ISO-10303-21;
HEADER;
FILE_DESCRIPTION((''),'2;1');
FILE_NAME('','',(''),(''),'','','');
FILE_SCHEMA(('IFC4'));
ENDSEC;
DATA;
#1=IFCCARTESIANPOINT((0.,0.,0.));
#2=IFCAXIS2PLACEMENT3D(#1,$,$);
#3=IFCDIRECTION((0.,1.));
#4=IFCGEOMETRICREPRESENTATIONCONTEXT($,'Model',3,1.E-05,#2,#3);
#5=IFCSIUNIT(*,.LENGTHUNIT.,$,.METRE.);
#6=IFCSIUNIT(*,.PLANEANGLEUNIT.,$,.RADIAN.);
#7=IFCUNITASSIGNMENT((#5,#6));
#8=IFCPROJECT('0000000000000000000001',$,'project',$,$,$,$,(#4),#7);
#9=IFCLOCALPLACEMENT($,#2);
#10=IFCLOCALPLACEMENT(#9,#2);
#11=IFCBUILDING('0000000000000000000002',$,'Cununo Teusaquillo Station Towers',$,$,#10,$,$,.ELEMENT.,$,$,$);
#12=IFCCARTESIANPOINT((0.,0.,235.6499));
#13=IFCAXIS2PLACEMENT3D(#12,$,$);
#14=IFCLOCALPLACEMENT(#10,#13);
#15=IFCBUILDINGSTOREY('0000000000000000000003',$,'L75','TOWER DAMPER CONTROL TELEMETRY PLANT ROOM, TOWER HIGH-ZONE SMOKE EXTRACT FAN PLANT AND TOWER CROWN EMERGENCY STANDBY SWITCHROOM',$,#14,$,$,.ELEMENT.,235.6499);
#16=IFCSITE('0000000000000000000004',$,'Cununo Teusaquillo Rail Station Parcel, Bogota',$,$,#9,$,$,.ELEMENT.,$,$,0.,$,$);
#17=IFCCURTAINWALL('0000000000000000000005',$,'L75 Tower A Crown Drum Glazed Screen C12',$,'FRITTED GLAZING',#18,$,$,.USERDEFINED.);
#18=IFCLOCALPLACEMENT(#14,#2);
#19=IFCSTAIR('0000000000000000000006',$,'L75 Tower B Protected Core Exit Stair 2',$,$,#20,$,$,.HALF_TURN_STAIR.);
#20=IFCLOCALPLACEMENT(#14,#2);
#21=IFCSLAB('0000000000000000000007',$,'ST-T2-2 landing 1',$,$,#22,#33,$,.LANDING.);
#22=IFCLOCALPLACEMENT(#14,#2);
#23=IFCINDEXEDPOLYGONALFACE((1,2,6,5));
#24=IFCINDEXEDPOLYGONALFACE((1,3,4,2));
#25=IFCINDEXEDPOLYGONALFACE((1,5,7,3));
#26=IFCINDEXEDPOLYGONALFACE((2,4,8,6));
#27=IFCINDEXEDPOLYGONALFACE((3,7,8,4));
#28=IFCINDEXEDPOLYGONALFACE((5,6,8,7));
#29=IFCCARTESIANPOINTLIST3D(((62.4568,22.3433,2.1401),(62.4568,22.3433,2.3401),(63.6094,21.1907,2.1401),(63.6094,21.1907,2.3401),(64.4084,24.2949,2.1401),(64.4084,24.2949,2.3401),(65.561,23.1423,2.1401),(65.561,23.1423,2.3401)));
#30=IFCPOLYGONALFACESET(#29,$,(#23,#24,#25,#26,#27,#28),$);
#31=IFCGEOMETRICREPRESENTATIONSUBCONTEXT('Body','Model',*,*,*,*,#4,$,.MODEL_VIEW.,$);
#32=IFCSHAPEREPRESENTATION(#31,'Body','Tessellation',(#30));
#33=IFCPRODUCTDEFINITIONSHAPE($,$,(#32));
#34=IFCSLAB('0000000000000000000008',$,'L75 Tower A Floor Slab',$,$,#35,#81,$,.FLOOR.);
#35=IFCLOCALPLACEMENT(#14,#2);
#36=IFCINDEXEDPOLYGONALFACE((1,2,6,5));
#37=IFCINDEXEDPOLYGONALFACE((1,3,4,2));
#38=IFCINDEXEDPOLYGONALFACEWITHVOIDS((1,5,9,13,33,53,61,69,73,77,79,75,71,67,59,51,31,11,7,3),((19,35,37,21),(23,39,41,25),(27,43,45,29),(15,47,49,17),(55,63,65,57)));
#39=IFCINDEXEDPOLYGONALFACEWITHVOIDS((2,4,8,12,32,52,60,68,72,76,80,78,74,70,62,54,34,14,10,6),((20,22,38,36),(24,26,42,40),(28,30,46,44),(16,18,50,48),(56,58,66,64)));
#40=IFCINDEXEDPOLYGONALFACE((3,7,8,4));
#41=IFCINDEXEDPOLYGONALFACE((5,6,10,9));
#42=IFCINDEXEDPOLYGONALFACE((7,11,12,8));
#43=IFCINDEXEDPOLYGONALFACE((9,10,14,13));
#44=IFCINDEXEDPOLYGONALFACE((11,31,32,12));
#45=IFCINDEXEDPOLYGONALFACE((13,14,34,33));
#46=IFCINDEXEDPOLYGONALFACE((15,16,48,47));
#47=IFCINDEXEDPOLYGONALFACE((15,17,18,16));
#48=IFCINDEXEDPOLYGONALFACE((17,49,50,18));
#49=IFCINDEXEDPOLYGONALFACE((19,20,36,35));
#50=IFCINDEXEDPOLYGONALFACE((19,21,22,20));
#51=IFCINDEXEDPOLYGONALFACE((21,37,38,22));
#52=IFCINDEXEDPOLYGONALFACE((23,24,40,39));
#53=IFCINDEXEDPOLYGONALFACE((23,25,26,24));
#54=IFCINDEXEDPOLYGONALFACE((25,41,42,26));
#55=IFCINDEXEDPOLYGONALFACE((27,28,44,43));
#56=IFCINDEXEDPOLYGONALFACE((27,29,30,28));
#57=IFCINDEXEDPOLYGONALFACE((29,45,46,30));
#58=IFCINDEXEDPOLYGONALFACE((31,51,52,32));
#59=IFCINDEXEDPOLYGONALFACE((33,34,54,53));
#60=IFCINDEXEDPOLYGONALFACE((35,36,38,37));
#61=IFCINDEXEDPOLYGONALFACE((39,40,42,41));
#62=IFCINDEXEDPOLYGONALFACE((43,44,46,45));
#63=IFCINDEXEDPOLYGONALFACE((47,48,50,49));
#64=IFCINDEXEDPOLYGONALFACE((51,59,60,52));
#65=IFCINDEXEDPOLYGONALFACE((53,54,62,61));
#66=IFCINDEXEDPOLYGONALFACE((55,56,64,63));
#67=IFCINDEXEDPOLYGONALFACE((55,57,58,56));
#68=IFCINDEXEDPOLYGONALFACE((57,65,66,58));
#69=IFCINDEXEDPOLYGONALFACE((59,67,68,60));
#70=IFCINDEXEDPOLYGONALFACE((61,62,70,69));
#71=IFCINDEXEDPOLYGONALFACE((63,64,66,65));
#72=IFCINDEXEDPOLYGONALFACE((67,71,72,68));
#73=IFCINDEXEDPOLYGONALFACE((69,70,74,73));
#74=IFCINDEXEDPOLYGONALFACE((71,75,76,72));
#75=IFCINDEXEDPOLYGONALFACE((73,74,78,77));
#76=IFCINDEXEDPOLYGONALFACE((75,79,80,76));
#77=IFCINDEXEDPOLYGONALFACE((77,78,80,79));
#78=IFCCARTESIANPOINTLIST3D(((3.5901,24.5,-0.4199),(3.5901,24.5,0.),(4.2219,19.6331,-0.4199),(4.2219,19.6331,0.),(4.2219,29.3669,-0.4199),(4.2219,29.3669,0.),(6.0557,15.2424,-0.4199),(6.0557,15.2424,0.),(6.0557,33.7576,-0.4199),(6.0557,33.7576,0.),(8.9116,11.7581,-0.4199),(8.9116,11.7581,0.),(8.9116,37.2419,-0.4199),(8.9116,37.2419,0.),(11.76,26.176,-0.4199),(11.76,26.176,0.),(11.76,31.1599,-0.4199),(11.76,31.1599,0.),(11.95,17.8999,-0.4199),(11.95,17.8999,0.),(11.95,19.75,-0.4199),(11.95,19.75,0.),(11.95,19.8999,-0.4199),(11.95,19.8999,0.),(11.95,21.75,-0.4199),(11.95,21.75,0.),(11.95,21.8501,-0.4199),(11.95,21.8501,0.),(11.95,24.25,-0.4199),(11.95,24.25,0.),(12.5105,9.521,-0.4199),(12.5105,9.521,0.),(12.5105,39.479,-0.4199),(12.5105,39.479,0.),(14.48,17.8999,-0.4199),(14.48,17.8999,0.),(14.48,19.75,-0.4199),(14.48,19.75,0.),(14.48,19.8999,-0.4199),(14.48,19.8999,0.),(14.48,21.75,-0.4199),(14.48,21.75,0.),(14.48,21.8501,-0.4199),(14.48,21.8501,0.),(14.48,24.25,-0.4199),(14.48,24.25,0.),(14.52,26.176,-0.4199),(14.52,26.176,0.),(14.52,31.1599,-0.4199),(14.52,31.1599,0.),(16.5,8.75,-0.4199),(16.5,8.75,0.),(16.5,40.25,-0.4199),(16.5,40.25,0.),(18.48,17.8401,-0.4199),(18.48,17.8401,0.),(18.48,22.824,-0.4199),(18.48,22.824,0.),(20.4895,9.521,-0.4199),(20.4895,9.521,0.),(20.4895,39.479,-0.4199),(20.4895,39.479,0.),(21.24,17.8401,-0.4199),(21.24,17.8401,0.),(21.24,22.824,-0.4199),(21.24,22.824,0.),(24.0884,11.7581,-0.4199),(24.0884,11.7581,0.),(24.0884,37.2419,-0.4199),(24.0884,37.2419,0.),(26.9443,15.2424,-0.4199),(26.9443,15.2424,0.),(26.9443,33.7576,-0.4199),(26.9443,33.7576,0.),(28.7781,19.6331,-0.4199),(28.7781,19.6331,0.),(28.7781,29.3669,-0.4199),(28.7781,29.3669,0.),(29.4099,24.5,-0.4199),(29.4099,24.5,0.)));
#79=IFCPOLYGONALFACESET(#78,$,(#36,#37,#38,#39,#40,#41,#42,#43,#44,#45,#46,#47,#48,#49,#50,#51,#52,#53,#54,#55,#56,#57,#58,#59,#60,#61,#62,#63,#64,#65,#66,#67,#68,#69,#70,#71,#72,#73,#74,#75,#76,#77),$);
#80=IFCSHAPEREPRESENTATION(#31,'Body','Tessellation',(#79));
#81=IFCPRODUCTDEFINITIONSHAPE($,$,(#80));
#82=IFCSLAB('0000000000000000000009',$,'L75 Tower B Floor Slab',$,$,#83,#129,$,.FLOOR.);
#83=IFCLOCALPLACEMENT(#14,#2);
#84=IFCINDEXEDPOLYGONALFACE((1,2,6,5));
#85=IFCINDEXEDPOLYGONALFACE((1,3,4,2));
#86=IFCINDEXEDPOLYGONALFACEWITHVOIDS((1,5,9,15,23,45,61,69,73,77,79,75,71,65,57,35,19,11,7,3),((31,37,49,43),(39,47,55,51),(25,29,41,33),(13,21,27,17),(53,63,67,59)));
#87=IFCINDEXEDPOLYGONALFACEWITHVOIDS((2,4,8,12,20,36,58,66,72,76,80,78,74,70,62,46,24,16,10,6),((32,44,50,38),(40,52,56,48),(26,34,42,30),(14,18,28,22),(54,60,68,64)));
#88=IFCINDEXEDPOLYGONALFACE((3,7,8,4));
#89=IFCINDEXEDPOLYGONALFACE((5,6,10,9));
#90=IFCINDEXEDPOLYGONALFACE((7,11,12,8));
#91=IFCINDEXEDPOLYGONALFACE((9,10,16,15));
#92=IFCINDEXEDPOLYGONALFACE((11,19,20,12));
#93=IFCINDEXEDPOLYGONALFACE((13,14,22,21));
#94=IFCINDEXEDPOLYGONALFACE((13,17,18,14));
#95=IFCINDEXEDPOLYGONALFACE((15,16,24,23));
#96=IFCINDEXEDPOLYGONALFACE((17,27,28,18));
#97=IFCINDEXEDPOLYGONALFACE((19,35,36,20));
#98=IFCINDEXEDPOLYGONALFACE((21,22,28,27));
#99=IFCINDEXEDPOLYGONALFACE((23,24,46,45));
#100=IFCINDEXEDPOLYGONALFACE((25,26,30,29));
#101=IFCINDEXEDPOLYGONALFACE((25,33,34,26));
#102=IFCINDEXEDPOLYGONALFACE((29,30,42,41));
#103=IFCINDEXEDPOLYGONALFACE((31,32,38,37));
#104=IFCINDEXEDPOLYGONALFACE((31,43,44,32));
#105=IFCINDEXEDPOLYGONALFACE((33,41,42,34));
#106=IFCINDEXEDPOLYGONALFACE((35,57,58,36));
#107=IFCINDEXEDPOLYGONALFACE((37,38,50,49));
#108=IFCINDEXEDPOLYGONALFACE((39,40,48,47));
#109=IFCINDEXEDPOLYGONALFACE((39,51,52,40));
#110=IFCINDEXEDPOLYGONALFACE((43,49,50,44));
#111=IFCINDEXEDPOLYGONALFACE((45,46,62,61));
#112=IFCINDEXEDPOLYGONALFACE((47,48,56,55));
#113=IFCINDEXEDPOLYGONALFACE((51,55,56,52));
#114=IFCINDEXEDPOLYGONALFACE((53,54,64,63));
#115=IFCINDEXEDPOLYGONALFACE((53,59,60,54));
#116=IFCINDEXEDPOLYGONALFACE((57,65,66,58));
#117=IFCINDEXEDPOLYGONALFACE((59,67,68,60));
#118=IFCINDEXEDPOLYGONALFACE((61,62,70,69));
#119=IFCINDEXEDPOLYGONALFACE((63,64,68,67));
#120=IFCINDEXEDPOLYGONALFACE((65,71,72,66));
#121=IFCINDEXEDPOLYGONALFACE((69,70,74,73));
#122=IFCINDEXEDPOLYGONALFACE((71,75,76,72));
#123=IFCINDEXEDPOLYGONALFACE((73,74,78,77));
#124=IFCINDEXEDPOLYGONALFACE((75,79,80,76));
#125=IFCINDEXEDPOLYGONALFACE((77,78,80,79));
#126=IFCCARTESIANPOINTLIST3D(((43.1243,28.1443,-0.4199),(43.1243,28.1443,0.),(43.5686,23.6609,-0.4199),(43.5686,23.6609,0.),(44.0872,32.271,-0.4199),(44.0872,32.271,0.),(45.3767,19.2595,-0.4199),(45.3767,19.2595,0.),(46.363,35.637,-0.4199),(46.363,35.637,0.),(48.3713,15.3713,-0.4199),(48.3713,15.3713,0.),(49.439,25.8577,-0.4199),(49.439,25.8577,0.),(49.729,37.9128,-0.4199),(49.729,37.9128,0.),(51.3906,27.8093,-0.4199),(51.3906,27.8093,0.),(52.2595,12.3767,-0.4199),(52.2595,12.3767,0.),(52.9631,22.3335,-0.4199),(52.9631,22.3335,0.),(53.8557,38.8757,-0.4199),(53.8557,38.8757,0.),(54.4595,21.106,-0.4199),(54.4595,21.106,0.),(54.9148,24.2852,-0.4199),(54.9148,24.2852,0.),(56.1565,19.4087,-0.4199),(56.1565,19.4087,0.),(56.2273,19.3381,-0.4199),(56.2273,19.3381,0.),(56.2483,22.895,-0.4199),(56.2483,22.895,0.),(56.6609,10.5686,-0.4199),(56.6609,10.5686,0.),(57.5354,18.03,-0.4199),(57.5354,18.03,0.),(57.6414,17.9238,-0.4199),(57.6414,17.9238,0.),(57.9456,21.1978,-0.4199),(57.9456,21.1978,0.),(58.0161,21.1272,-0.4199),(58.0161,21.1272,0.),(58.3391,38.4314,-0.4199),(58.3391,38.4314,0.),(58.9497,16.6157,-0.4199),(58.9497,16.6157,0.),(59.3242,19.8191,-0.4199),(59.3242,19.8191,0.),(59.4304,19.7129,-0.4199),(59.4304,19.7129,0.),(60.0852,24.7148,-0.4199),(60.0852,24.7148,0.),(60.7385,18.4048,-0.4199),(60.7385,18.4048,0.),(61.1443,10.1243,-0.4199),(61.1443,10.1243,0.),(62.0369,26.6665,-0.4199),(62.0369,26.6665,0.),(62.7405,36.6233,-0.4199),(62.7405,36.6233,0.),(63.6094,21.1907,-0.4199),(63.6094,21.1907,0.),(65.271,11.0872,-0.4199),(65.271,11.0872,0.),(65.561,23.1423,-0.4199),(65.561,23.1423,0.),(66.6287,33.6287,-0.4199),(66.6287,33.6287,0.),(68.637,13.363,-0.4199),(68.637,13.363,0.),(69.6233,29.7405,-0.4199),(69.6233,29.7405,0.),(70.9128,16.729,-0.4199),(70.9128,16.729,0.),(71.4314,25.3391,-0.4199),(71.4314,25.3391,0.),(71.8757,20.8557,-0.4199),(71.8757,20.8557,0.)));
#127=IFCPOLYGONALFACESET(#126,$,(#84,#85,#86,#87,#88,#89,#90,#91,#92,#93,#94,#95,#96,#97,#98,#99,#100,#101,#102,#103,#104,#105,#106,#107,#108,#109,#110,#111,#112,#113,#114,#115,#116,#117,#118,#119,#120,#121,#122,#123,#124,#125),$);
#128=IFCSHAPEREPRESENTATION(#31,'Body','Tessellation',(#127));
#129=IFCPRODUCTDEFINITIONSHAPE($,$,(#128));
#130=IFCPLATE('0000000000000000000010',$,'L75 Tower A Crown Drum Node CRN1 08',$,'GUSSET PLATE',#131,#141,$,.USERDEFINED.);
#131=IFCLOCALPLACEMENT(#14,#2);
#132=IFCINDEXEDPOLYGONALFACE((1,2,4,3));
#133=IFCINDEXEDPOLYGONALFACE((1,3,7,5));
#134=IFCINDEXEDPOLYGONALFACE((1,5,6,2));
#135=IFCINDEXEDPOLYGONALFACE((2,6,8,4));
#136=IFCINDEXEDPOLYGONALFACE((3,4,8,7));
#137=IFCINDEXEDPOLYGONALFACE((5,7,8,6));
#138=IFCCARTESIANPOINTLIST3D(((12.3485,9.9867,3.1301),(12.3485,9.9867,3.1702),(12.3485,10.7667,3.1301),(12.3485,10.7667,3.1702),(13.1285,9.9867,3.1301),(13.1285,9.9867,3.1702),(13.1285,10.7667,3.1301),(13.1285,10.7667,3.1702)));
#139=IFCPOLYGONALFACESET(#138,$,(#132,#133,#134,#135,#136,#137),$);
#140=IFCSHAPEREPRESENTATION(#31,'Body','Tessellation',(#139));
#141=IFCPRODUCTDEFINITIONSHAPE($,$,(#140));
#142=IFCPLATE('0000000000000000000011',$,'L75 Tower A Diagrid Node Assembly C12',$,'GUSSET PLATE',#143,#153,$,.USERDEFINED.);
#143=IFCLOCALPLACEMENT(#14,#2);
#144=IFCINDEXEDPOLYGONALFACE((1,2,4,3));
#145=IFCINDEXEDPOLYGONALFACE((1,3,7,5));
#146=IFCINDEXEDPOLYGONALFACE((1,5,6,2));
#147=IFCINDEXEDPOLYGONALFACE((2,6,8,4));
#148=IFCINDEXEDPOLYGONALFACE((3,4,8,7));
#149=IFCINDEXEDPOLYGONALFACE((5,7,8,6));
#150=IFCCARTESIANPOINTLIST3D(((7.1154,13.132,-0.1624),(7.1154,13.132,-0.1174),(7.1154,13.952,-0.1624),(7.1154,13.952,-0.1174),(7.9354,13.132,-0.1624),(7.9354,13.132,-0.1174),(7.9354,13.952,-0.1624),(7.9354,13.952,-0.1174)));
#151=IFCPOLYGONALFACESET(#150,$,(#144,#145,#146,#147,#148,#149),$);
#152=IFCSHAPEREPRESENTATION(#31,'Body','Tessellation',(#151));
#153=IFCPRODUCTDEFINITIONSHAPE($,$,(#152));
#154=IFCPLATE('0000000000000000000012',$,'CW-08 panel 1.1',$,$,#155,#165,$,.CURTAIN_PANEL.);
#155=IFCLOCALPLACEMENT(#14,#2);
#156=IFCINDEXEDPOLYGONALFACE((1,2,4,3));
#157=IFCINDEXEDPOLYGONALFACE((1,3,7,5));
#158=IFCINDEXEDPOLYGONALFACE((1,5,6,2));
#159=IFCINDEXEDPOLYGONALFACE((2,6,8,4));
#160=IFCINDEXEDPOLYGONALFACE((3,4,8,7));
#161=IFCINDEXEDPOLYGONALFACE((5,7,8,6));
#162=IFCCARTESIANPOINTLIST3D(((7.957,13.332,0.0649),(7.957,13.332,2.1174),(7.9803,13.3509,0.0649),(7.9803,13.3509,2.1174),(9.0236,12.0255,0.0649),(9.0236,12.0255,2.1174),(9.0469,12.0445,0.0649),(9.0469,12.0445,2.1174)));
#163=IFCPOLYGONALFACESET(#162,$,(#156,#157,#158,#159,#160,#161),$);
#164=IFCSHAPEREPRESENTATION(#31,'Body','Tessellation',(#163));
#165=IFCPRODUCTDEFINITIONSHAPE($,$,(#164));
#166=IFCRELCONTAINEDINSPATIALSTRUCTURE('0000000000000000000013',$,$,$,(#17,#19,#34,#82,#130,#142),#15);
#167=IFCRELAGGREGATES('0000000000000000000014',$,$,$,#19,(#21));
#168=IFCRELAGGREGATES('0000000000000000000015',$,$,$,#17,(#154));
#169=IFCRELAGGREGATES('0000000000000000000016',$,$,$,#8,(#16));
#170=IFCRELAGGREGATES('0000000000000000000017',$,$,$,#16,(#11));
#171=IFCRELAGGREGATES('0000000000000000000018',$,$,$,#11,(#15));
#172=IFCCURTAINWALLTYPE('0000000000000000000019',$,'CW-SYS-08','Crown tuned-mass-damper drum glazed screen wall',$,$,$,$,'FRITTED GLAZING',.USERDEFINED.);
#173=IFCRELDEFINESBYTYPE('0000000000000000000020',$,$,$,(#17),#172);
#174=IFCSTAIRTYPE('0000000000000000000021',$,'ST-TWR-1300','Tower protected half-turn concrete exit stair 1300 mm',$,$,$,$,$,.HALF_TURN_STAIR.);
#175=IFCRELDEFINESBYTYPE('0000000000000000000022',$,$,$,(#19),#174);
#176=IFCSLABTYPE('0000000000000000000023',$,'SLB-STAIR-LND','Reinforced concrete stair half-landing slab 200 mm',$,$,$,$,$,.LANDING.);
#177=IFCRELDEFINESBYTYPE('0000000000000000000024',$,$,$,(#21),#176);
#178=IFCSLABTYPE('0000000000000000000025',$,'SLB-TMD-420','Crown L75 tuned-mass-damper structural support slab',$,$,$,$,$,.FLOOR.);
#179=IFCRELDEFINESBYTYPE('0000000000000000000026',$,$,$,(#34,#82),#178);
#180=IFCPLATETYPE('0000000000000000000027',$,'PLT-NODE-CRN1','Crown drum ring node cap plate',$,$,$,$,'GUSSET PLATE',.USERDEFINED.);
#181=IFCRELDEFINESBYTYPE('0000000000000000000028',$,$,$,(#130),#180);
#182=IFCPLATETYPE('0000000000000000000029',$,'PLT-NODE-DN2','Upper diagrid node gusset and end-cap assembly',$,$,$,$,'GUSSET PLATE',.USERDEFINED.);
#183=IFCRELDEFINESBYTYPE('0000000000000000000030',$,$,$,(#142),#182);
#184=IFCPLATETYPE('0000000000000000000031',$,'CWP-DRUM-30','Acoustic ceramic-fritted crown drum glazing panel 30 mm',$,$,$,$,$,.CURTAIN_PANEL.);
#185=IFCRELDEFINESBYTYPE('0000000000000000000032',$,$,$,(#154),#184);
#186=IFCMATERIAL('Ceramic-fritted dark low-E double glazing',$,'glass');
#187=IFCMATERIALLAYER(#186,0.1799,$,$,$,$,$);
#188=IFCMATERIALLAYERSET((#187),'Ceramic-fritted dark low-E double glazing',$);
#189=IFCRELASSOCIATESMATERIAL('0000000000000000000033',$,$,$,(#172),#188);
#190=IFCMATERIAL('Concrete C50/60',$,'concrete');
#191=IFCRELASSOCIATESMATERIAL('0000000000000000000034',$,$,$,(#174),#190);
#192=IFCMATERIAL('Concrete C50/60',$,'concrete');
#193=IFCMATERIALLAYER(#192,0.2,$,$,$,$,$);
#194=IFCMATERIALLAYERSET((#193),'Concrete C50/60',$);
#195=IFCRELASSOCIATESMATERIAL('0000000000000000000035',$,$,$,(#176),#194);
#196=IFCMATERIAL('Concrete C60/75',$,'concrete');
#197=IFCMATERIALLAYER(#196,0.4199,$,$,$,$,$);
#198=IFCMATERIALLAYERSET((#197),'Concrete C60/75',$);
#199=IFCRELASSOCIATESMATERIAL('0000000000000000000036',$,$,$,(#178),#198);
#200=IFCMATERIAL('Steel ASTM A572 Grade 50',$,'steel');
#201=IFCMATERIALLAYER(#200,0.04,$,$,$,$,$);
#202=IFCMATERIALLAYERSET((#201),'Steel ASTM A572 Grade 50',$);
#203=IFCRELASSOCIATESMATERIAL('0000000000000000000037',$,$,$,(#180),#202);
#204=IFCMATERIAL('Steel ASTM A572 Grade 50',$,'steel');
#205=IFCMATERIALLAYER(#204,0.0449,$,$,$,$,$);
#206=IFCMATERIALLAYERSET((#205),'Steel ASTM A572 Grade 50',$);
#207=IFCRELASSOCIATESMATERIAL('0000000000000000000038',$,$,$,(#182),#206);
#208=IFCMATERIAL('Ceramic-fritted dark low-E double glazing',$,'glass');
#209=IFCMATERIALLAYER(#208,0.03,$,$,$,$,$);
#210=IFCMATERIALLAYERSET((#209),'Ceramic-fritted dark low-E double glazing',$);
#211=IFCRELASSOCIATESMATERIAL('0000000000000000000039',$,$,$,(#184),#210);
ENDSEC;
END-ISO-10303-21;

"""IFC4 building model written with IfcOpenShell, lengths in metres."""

from ifc_helpers import new_model, si_unit, direction, frame, origin, origin_2d, place, context, subcontext, project, spatial, polyline, rectangle, outline, extrude, source, transform, mapped, material, layer, layer_set, type_object, element, aggregate, save


model = new_model("IFC4")

# Units and contexts
model_context = context("Model", 3, precision=1e-05, world=origin(), true_north=direction((0.0, 1.0)))
body_context = subcontext(model_context, "Body", "Model", "MODEL_VIEW")
ifc_project = project(units=[si_unit("LENGTHUNIT", "METRE"), si_unit("PLANEANGLEUNIT", "RADIAN")], contexts=[model_context])

# Site, building, storey
site_placement = place(None, origin())
site = spatial("IfcSite", under=ifc_project, at=site_placement, Name="Cununo Teusaquillo Rail Station Parcel, Bogota", CompositionType="ELEMENT", RefElevation=0.0)
building_placement = place(site_placement, origin())
building = spatial("IfcBuilding", under=site, at=building_placement, Name="Cununo Teusaquillo Station Towers", CompositionType="ELEMENT")
storey_placement = place(building_placement, frame((0.0, 0.0, 235.6499)))
storey = spatial("IfcBuildingStorey", under=building, at=storey_placement, Name="L75", Description="TOWER DAMPER CONTROL TELEMETRY PLANT ROOM, TOWER HIGH-ZONE SMOKE EXTRACT FAN PLANT AND TOWER CROWN EMERGENCY STANDBY SWITCHROOM", CompositionType="ELEMENT", Elevation=235.6499)

# Curtain wall
ifc_material_1 = material(Name="Ceramic-fritted dark low-E double glazing", Category="glass")
ifc_layer_1 = layer(ifc_material_1, 0.1799)
ifc_layer_set_1 = layer_set([ifc_layer_1], Name="Ceramic-fritted dark low-E double glazing")
curtain_wall_type = type_object("IfcCurtainWallType", Name="CW-SYS-08", Description="Crown tuned-mass-damper drum glazed screen wall", ElementType="FRITTED GLAZING", PredefinedType="USERDEFINED", material=ifc_layer_set_1)
curtain_wall_1_placement = place(storey_placement, origin())
curtain_wall_1 = element("IfcCurtainWall", 1, at=curtain_wall_1_placement, inside=storey, type_object=curtain_wall_type, Name="L75 Tower A Crown Drum Glazed Screen C12", ObjectType="FRITTED GLAZING", PredefinedType="USERDEFINED")

# Stair, slab
ifc_material_2 = material(Name="Concrete C50/60", Category="concrete")
stair_type = type_object("IfcStairType", Name="ST-TWR-1300", Description="Tower protected half-turn concrete exit stair 1300 mm", PredefinedType="HALF_TURN_STAIR", material=ifc_material_2)
ifc_material_3 = material(Name="Concrete C50/60", Category="concrete")
ifc_layer_2 = layer(ifc_material_3, 0.2)
ifc_layer_set_2 = layer_set([ifc_layer_2], Name="Concrete C50/60")
slab_type_1 = type_object("IfcSlabType", Name="SLB-STAIR-LND", Description="Reinforced concrete stair half-landing slab 200 mm", PredefinedType="LANDING", material=ifc_layer_set_2)
stair_1_placement = place(storey_placement, origin())
stair_1 = element("IfcStair", 2, at=stair_1_placement, inside=storey, type_object=stair_type, Name="L75 Tower B Protected Core Exit Stair 2", PredefinedType="HALF_TURN_STAIR")
slab_1_placement = place(storey_placement, frame((0.0, 0.0, 2.1401)))
slab_1 = element("IfcSlab", 3, at=slab_1_placement, type_object=slab_type_1, Name="ST-T2-2 landing 1", PredefinedType="LANDING", context=body_context, shape_type="SweptSolid", body=[
    extrude(outline(polyline([(62.4568, 22.3433), (63.6094, 21.1907), (65.561, 23.1423), (64.4084, 24.2949), (62.4568, 22.3433)])), origin(), (0.0, 0.0, 1.0), 0.2),
])
aggregate(stair_1, [slab_1])

# Slabs
ifc_material_4 = material(Name="Concrete C60/75", Category="concrete")
ifc_layer_3 = layer(ifc_material_4, 0.4199)
ifc_layer_set_3 = layer_set([ifc_layer_3], Name="Concrete C60/75")
slab_type_2 = type_object("IfcSlabType", Name="SLB-TMD-420", Description="Crown L75 tuned-mass-damper structural support slab", PredefinedType="FLOOR", material=ifc_layer_set_3)
slab_2_placement = place(storey_placement, frame((0.0, 0.0, -0.4199)))
element("IfcSlab", 4, at=slab_2_placement, inside=storey, type_object=slab_type_2, Name="L75 Tower A Floor Slab", PredefinedType="FLOOR", context=body_context, shape_type="SweptSolid", body=[
    extrude(outline(polyline([(29.4099, 24.5), (28.7781, 29.3669), (26.9443, 33.7576), (24.0884, 37.2419), (20.4895, 39.479), (16.5, 40.25), (12.5105, 39.479), (8.9116, 37.2419), (6.0557, 33.7576), (4.2219, 29.3669), (3.5901, 24.5), (4.2219, 19.6331), (6.0557, 15.2424), (8.9116, 11.7581), (12.5105, 9.521), (16.5, 8.75), (20.4895, 9.521), (24.0884, 11.7581), (26.9443, 15.2424), (28.7781, 19.6331), (29.4099, 24.5)]), holes=[polyline([(14.52, 26.176), (14.52, 31.1599), (11.76, 31.1599), (11.76, 26.176), (14.52, 26.176)]), polyline([(18.48, 22.824), (18.48, 17.8401), (21.24, 17.8401), (21.24, 22.824), (18.48, 22.824)]), polyline([(11.95, 21.8501), (14.48, 21.8501), (14.48, 24.25), (11.95, 24.25), (11.95, 21.8501)]), polyline([(11.95, 17.8999), (14.48, 17.8999), (14.48, 19.75), (11.95, 19.75), (11.95, 17.8999)]), polyline([(11.95, 19.8999), (14.48, 19.8999), (14.48, 21.75), (11.95, 21.75), (11.95, 19.8999)])]), origin(), (0.0, 0.0, 1.0), 0.4199),
])
slab_3_placement = place(storey_placement, frame((0.0, 0.0, -0.4199)))
element("IfcSlab", 5, at=slab_3_placement, inside=storey, type_object=slab_type_2, Name="L75 Tower B Floor Slab", PredefinedType="FLOOR", context=body_context, shape_type="SweptSolid", body=[
    extrude(outline(polyline([(66.6287, 33.6287), (62.7405, 36.6233), (58.3391, 38.4314), (53.8557, 38.8757), (49.729, 37.9128), (46.363, 35.637), (44.0872, 32.271), (43.1243, 28.1443), (43.5686, 23.6609), (45.3767, 19.2595), (48.3713, 15.3713), (52.2595, 12.3767), (56.6609, 10.5686), (61.1443, 10.1243), (65.271, 11.0872), (68.637, 13.363), (70.9128, 16.729), (71.8757, 20.8557), (71.4314, 25.3391), (69.6233, 29.7405), (66.6287, 33.6287)]), holes=[polyline([(54.9148, 24.2852), (51.3906, 27.8093), (49.439, 25.8577), (52.9631, 22.3335), (54.9148, 24.2852)]), polyline([(60.0852, 24.7148), (63.6094, 21.1907), (65.561, 23.1423), (62.0369, 26.6665), (60.0852, 24.7148)]), polyline([(56.1565, 19.4087), (57.9456, 21.1978), (56.2483, 22.895), (54.4595, 21.106), (56.1565, 19.4087)]), polyline([(58.9497, 16.6157), (60.7385, 18.4048), (59.4304, 19.7129), (57.6414, 17.9238), (58.9497, 16.6157)]), polyline([(57.5354, 18.03), (59.3242, 19.8191), (58.0161, 21.1272), (56.2273, 19.3381), (57.5354, 18.03)])]), origin(), (0.0, 0.0, 1.0), 0.4199),
])

# Plates
ifc_material_5 = material(Name="Steel ASTM A572 Grade 50", Category="steel")
ifc_layer_4 = layer(ifc_material_5, 0.04)
ifc_layer_set_4 = layer_set([ifc_layer_4], Name="Steel ASTM A572 Grade 50")
plate_type_1 = type_object("IfcPlateType", Name="PLT-NODE-CRN1", Description="Crown drum ring node cap plate", ElementType="GUSSET PLATE", PredefinedType="USERDEFINED", material=ifc_layer_set_4)
shared_shape_1 = source(origin(), body_context, "Body", "SweptSolid", [
    extrude(rectangle(XDim=0.78, YDim=0.78, at=origin_2d()), origin(), (0.0, 0.0, 1.0), 0.04),
])
plate_1_placement = place(storey_placement, frame((12.7385, 10.3767, 3.1301), z_axis=(0.0, 0.0, 1.0), x_axis=(1.0, 0.0, 0.0)))
element("IfcPlate", 6, at=plate_1_placement, inside=storey, type_object=plate_type_1, Name="L75 Tower A Crown Drum Node CRN1 08", ObjectType="GUSSET PLATE", PredefinedType="USERDEFINED", context=body_context, shape_type="MappedRepresentation", body=[
    mapped(shared_shape_1, transform((0.0, 0.0, 0.0), x_axis=(1.0, 0.0, 0.0), y_axis=(0.0, 1.0, 0.0), z_axis=(0.0, 0.0, 1.0), scale=1.0)),
])
ifc_material_6 = material(Name="Steel ASTM A572 Grade 50", Category="steel")
ifc_layer_5 = layer(ifc_material_6, 0.0449)
ifc_layer_set_5 = layer_set([ifc_layer_5], Name="Steel ASTM A572 Grade 50")
plate_type_2 = type_object("IfcPlateType", Name="PLT-NODE-DN2", Description="Upper diagrid node gusset and end-cap assembly", ElementType="GUSSET PLATE", PredefinedType="USERDEFINED", material=ifc_layer_set_5)
shared_shape_2 = source(origin(), body_context, "Body", "SweptSolid", [
    extrude(rectangle(XDim=0.8201, YDim=0.8201, at=origin_2d()), origin(), (0.0, 0.0, 1.0), 0.0449),
])
plate_2_placement = place(storey_placement, frame((7.5254, 13.542, -0.1624), z_axis=(0.0, 0.0, 1.0), x_axis=(1.0, 0.0, 0.0)))
element("IfcPlate", 7, at=plate_2_placement, inside=storey, type_object=plate_type_2, Name="L75 Tower A Diagrid Node Assembly C12", ObjectType="GUSSET PLATE", PredefinedType="USERDEFINED", context=body_context, shape_type="MappedRepresentation", body=[
    mapped(shared_shape_2, transform((0.0, 0.0, 0.0), x_axis=(1.0, 0.0, 0.0), y_axis=(0.0, 1.0, 0.0), z_axis=(0.0, 0.0, 1.0), scale=1.0)),
])

# Plate
ifc_material_7 = material(Name="Ceramic-fritted dark low-E double glazing", Category="glass")
ifc_layer_6 = layer(ifc_material_7, 0.03)
ifc_layer_set_6 = layer_set([ifc_layer_6], Name="Ceramic-fritted dark low-E double glazing")
plate_type_3 = type_object("IfcPlateType", Name="CWP-DRUM-30", Description="Acoustic ceramic-fritted crown drum glazing panel 30 mm", PredefinedType="CURTAIN_PANEL", material=ifc_layer_set_6)
shared_shape_3 = source(origin(), body_context, "Body", "SweptSolid", [
    extrude(rectangle(XDim=1.6865, YDim=0.03, at=origin_2d()), origin(), (0.0, 0.0, 1.0), 2.0525),
])
plate_3_placement = place(storey_placement, frame((8.502, 12.6882, 0.0649), z_axis=(0.0, 0.0, 1.0), x_axis=(-0.632409, 0.774635, 0.0)))
plate_3 = element("IfcPlate", 8, at=plate_3_placement, type_object=plate_type_3, Name="CW-08 panel 1.1", PredefinedType="CURTAIN_PANEL", context=body_context, shape_type="MappedRepresentation", body=[
    mapped(shared_shape_3, transform((0.0, 0.0, 0.0), x_axis=(1.0, 0.0, 0.0), y_axis=(0.0, 1.0, 0.0), z_axis=(0.0, 0.0, 1.0), scale=1.0)),
])
aggregate(curtain_wall_1, [plate_3])

save(model, "model.ifc")
